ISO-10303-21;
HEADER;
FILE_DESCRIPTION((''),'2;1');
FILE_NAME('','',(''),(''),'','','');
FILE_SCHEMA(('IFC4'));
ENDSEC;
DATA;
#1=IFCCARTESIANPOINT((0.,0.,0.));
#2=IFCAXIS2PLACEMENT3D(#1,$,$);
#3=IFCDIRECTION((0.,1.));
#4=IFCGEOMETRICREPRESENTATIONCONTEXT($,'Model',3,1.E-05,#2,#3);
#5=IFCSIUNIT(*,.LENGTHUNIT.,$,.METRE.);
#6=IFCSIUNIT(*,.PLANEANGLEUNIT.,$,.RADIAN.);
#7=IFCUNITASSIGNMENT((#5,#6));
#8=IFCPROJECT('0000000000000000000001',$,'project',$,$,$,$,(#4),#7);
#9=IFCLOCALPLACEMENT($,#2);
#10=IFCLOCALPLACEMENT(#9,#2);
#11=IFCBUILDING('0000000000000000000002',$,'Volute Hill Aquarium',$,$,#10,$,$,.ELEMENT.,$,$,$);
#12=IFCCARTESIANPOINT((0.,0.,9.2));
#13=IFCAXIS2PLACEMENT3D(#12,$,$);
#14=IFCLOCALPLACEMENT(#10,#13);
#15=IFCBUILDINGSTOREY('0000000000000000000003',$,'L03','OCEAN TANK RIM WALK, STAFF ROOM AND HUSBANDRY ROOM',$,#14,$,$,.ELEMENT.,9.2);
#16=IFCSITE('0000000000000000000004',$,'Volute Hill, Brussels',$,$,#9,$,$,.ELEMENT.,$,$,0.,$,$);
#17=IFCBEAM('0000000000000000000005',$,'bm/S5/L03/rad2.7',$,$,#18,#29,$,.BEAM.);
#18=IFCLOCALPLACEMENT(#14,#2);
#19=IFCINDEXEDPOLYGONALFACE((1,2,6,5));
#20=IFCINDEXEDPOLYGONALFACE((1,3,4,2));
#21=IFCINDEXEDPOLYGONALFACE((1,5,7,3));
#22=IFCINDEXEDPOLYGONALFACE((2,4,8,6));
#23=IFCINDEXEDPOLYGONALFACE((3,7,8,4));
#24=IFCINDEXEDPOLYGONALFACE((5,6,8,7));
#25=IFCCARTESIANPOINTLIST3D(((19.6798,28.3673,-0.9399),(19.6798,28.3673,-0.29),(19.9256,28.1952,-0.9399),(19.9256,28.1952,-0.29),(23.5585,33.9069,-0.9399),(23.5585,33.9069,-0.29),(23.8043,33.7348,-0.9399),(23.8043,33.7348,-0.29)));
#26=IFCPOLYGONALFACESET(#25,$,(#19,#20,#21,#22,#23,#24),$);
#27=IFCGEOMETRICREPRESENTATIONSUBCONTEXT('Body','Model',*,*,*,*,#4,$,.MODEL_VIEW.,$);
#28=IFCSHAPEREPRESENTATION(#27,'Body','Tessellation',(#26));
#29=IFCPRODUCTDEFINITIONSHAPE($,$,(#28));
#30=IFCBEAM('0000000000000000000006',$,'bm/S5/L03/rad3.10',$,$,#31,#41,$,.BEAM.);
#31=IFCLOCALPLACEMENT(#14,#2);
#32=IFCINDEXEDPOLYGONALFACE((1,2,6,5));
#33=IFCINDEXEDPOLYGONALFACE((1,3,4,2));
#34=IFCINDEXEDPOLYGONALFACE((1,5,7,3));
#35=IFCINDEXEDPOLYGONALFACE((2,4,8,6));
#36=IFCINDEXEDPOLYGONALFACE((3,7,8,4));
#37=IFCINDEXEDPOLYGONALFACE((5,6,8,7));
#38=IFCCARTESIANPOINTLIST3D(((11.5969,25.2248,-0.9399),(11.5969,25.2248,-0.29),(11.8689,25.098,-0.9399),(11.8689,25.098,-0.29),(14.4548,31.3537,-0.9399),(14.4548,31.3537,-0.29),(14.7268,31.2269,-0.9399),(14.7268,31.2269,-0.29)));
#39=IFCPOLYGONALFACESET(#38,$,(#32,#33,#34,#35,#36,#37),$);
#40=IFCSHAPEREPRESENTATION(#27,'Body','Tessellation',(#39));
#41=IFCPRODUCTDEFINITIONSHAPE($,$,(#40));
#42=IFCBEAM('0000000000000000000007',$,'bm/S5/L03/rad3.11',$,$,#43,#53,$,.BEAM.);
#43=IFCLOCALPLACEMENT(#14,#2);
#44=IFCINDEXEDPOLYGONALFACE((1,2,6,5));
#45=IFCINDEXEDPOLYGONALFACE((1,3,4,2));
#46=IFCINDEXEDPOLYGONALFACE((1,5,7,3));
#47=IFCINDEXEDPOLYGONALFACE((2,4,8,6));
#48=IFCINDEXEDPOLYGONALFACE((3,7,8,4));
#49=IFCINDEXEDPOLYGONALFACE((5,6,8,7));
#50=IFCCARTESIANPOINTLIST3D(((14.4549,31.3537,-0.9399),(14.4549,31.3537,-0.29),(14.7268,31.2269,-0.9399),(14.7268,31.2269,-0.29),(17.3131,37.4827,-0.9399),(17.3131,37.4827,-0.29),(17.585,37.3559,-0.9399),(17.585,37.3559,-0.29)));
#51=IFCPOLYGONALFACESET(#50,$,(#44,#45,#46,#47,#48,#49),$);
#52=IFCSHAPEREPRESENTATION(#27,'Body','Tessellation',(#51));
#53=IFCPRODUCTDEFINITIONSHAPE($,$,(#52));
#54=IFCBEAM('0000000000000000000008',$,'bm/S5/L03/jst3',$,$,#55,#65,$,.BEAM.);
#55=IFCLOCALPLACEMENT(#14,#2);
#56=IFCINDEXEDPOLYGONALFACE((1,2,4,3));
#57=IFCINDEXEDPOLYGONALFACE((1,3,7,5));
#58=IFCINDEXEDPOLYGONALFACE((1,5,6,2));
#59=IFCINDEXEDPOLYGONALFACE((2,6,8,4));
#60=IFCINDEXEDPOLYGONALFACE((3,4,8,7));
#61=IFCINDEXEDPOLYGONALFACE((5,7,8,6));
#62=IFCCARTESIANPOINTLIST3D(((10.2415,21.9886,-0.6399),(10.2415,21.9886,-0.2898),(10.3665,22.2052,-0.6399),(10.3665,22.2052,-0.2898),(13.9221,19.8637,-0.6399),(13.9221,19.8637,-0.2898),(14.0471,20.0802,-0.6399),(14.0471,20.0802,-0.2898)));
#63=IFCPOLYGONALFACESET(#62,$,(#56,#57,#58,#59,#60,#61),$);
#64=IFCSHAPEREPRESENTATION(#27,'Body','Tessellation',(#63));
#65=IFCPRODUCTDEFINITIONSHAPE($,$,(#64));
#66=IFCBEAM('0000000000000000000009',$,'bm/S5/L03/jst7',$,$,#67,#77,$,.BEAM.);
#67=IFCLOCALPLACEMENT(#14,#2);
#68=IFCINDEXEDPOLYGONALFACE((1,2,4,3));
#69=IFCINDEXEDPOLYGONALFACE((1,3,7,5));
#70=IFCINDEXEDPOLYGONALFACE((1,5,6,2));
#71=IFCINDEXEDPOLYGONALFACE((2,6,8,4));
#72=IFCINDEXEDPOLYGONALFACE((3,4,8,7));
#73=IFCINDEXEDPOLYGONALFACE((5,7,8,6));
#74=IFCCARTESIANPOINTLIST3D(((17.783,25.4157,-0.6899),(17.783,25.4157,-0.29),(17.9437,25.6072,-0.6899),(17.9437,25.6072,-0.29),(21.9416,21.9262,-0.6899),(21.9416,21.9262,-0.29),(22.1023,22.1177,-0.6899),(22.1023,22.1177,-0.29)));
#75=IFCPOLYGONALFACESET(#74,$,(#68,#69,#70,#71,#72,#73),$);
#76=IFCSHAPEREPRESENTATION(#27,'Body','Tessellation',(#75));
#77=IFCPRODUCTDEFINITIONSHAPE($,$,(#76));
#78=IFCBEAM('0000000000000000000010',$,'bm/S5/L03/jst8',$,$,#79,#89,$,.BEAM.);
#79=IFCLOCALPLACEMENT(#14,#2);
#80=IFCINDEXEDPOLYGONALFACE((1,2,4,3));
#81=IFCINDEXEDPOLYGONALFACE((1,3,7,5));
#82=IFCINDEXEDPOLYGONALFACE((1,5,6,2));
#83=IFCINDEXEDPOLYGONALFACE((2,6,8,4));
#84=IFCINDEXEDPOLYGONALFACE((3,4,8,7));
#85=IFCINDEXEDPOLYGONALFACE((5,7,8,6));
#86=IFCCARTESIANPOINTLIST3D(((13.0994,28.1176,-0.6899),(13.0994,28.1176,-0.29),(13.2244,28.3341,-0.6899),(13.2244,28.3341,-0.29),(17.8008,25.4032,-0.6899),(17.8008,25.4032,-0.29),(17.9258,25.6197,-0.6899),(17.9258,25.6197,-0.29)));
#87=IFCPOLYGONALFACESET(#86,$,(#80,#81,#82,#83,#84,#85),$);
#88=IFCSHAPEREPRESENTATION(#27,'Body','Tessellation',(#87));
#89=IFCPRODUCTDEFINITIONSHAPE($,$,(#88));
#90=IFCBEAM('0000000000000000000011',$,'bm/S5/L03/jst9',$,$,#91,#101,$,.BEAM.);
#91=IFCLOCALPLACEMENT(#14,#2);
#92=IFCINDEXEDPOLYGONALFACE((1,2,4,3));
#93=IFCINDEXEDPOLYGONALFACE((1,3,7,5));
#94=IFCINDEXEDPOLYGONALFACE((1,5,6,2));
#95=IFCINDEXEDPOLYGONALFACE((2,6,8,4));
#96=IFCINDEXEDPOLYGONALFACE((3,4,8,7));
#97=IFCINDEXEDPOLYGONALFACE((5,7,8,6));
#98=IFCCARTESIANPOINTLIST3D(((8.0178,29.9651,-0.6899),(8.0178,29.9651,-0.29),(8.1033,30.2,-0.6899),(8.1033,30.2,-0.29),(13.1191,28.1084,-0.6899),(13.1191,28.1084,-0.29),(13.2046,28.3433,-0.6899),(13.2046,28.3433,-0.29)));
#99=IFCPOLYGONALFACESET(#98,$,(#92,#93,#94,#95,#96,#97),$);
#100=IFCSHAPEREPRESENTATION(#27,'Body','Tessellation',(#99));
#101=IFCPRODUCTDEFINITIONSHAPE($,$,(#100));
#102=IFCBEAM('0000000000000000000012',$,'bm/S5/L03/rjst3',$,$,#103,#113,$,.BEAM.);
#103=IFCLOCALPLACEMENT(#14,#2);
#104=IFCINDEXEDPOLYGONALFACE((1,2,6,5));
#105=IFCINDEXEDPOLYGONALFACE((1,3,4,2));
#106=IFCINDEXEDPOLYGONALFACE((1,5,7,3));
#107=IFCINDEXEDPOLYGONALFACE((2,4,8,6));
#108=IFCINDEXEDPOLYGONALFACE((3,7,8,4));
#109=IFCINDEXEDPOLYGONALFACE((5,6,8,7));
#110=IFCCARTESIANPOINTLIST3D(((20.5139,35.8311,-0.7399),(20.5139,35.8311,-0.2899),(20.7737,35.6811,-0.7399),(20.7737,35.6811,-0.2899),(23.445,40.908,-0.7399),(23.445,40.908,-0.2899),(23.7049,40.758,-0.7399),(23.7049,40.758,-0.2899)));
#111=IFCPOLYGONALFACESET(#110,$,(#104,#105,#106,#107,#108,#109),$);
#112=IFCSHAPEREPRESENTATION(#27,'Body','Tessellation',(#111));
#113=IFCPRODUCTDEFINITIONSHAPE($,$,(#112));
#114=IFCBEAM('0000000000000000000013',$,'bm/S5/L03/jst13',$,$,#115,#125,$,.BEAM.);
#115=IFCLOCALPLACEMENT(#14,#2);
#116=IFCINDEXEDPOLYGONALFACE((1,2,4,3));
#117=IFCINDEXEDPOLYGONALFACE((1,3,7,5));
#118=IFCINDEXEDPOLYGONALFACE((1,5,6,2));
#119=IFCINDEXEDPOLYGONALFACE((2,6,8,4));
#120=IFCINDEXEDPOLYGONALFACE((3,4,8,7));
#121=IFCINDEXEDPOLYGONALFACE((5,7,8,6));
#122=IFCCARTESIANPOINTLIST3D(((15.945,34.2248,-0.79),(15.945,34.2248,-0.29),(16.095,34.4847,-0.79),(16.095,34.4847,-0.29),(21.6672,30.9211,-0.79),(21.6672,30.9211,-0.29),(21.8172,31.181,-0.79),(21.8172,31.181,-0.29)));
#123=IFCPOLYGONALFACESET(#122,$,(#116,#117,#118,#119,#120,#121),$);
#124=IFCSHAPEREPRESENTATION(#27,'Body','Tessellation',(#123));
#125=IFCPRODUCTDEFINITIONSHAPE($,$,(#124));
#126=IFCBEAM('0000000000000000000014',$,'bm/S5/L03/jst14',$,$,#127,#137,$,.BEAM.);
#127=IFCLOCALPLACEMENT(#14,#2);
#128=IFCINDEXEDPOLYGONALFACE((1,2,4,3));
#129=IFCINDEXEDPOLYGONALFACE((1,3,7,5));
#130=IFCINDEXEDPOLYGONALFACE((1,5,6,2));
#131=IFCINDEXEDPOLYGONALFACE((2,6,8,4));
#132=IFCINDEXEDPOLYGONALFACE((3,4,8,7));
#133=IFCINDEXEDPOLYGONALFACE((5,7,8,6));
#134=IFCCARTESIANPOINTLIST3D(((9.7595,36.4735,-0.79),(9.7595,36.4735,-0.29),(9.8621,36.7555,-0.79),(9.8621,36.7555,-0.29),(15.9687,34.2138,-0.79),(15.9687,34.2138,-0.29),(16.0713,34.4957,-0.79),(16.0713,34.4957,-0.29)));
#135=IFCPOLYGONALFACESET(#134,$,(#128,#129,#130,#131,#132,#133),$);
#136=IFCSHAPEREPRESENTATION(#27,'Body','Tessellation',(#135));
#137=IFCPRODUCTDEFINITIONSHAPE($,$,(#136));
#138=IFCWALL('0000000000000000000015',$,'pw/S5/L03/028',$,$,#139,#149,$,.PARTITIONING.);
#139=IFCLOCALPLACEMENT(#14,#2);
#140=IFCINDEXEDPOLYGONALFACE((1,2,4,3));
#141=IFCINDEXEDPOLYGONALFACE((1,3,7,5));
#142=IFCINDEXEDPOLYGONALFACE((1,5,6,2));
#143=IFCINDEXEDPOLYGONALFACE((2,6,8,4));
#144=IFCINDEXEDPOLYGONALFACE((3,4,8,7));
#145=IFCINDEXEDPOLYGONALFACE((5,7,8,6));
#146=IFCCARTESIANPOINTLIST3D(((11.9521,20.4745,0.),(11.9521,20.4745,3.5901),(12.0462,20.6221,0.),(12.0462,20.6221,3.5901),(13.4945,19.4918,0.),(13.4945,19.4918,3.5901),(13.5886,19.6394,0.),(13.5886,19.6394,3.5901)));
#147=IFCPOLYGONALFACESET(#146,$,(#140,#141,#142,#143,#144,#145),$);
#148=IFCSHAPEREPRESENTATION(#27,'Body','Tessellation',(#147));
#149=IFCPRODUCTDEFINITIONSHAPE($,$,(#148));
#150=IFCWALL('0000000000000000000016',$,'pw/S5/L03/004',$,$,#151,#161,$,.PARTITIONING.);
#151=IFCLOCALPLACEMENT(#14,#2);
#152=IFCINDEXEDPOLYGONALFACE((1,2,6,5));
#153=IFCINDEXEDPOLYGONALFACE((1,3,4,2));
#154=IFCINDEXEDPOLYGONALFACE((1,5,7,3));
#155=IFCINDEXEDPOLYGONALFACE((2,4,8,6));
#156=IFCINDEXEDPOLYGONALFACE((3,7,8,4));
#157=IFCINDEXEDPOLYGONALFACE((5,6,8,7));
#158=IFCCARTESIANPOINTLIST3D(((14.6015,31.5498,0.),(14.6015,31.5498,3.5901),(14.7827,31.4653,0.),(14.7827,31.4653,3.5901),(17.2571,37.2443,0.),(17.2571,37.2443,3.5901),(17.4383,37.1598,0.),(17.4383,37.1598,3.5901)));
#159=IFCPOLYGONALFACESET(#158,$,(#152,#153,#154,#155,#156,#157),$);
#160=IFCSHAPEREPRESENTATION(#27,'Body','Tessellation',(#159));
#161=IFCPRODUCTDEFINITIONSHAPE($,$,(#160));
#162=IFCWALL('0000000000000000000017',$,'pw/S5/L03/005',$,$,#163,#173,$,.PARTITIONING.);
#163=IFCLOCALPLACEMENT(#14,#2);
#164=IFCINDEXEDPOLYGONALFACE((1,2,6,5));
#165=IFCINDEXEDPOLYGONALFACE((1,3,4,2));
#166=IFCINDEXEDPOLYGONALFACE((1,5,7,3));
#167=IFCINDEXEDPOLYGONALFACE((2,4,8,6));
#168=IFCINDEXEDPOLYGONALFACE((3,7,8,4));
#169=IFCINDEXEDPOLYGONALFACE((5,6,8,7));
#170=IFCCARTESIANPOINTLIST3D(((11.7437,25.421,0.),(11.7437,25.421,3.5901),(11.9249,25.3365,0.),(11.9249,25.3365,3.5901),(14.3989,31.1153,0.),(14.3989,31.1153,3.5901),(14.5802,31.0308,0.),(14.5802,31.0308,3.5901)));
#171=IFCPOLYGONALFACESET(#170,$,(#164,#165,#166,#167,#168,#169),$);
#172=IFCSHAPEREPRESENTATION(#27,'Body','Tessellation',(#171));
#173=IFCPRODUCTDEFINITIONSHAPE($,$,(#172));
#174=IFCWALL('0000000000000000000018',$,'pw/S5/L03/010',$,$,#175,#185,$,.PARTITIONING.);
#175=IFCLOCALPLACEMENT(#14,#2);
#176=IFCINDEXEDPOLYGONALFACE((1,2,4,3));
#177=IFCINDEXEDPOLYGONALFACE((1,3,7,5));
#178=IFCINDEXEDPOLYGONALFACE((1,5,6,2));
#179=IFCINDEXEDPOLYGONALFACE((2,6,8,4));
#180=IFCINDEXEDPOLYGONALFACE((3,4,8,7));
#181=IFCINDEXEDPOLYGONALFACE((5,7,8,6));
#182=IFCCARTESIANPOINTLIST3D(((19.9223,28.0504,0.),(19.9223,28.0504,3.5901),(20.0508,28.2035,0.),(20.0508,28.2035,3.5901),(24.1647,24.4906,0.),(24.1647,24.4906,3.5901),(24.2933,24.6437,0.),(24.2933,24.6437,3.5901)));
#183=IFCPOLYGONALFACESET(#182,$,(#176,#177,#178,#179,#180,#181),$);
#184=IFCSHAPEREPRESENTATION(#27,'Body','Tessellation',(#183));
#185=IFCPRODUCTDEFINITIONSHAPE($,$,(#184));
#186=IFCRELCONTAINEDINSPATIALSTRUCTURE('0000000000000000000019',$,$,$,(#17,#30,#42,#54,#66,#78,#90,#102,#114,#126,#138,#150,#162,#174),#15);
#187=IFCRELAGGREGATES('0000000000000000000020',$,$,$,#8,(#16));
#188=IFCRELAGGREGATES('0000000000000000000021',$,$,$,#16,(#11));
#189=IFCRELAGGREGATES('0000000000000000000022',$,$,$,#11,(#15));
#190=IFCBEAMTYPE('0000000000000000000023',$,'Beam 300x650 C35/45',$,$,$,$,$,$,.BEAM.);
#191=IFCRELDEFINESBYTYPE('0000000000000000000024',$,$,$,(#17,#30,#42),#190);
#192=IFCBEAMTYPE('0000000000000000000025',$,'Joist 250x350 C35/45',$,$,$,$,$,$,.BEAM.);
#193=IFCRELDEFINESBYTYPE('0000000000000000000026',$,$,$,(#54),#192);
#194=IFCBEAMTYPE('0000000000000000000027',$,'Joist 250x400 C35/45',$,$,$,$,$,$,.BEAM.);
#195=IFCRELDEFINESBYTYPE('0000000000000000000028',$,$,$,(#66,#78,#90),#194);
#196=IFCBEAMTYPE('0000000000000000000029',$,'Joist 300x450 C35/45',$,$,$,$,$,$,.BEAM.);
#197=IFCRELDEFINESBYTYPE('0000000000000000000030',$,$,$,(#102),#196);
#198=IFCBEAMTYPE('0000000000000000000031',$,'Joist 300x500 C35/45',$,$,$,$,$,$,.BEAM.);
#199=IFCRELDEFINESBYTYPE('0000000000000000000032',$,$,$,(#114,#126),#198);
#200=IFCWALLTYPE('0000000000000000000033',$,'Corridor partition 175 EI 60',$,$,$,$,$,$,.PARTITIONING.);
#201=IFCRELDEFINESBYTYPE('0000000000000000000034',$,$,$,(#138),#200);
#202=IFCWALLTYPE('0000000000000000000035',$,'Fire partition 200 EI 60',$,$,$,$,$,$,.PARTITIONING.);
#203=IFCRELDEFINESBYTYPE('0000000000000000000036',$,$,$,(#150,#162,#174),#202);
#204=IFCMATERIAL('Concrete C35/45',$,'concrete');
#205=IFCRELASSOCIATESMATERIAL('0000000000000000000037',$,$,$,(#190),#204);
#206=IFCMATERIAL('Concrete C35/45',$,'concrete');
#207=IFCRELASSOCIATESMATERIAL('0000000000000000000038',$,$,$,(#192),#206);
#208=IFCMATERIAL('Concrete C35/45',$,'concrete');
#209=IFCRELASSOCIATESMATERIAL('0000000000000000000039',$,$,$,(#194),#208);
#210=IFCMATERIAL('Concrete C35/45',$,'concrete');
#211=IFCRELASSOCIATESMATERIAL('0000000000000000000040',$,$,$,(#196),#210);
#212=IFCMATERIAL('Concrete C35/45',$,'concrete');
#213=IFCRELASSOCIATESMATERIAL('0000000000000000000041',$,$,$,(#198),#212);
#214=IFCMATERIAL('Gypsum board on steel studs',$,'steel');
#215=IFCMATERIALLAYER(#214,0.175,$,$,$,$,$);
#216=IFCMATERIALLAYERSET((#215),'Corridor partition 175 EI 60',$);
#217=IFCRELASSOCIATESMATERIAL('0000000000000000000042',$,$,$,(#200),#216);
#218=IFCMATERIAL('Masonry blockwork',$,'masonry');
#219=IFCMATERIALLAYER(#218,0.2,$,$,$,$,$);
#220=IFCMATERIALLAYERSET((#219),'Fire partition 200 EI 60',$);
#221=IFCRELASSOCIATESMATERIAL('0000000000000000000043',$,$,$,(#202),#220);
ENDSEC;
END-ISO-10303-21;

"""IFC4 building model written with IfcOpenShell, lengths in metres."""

from ifc_helpers import new_model, si_unit, direction, frame, frame_2d, origin, origin_2d, place, context, subcontext, project, spatial, rectangle, extrude, material, layer, layer_set, material_profile, profile_set, type_object, element, save


model = new_model("IFC4")

# Units and contexts
model_context = context("Model", 3, precision=1e-05, world=origin(), true_north=direction((0.0, 1.0)))
body_context = subcontext(model_context, "Body", "Model", "MODEL_VIEW")
ifc_project = project(units=[si_unit("LENGTHUNIT", "METRE"), si_unit("PLANEANGLEUNIT", "RADIAN")], contexts=[model_context])

# Site, building, storey
site_placement = place(None, origin())
site = spatial("IfcSite", under=ifc_project, at=site_placement, Name="Volute Hill, Brussels", CompositionType="ELEMENT", RefElevation=0.0)
building_placement = place(site_placement, origin())
building = spatial("IfcBuilding", under=site, at=building_placement, Name="Volute Hill Aquarium", CompositionType="ELEMENT")
storey_placement = place(building_placement, frame((0.0, 0.0, 9.2)))
storey = spatial("IfcBuildingStorey", under=building, at=storey_placement, Name="L03", Description="OCEAN TANK RIM WALK, STAFF ROOM AND HUSBANDRY ROOM", CompositionType="ELEMENT", Elevation=9.2)

# Beams
ifc_material_1 = material(Name="Concrete C35/45", Category="concrete")
ifc_material_profile_1 = material_profile(ifc_material_1, rectangle(XDim=0.3, YDim=0.6499, at=origin_2d()), Name="RC beam 300x650")
ifc_profile_set_1 = profile_set([ifc_material_profile_1], Name="Concrete C35/45")
beam_type_1 = type_object("IfcBeamType", Name="Beam 300x650 C35/45", PredefinedType="BEAM", material=ifc_profile_set_1)
for number, where, z_axis, x_axis, name in (
    (1, (19.8027, 28.2812, -0.615), (0.573559, 0.819164, 0.0), (-0.819164, 0.573559, 0.0), "bm/S5/L03/rad2.7"),
    (2, (11.7329, 25.1614, -0.615), (0.422613, 0.90631, 0.0), (-0.90631, 0.422613, 0.0), "bm/S5/L03/rad3.10"),
):
    element("IfcBeam", number, at=place(storey_placement, frame(where, z_axis=z_axis, x_axis=x_axis)), inside=storey, type_object=beam_type_1, Name=name, PredefinedType="BEAM", context=body_context, shape_type="SweptSolid", body=[
        extrude(rectangle(XDim=0.3, YDim=0.6499, at=origin_2d()), origin(), (0.0, 0.0, 1.0), 6.7625),
    ])
beam_1_placement = place(storey_placement, frame((14.5908, 31.2903, -0.615), z_axis=(0.422642, 0.906297, 0.0), x_axis=(-0.906297, 0.422642, 0.0)))
element("IfcBeam", 3, at=beam_1_placement, inside=storey, type_object=beam_type_1, Name="bm/S5/L03/rad3.11", PredefinedType="BEAM", context=body_context, shape_type="SweptSolid", body=[
    extrude(rectangle(XDim=0.3, YDim=0.6499, at=origin_2d()), origin(), (0.0, 0.0, 1.0), 6.7627),
])
ifc_material_2 = material(Name="Concrete C35/45", Category="concrete")
ifc_material_profile_2 = material_profile(ifc_material_2, rectangle(XDim=0.25, YDim=0.3501, at=origin_2d()), Name="RC joist 250x350")
ifc_profile_set_2 = profile_set([ifc_material_profile_2], Name="Concrete C35/45")
beam_type_2 = type_object("IfcBeamType", Name="Joist 250x350 C35/45", PredefinedType="BEAM", material=ifc_profile_set_2)
beam_2_placement = place(storey_placement, frame((13.9846, 19.9719, -0.4648), z_axis=(-0.866029, 0.499994, 0.0), x_axis=(-0.499994, -0.866029, 0.0)))
element("IfcBeam", 4, at=beam_2_placement, inside=storey, type_object=beam_type_2, Name="bm/S5/L03/jst3", PredefinedType="BEAM", context=body_context, shape_type="SweptSolid", body=[
    extrude(rectangle(XDim=0.25, YDim=0.3501, at=origin_2d()), origin(), (0.0, 0.0, 1.0), 4.25),
])
ifc_material_3 = material(Name="Concrete C35/45", Category="concrete")
ifc_material_profile_3 = material_profile(ifc_material_3, rectangle(XDim=0.25, YDim=0.3999, at=origin_2d()), Name="RC joist 250x400")
ifc_profile_set_3 = profile_set([ifc_material_profile_3], Name="Concrete C35/45")
beam_type_3 = type_object("IfcBeamType", Name="Joist 250x400 C35/45", PredefinedType="BEAM", material=ifc_profile_set_3)
for number, where, z_axis, x_axis, name in (
    (5, (22.022, 22.022, -0.49), (-0.766049, 0.642782, 0.0), (-0.642782, -0.766049, 0.0), "bm/S5/L03/jst7"),
    (6, (17.8633, 25.5115, -0.49), (-0.866026, 0.499999, 0.0), (-0.499999, -0.866026, 0.0), "bm/S5/L03/jst8"),
    (7, (13.1619, 28.2258, -0.49), (-0.939695, 0.342014, 0.0), (-0.342014, -0.939695, 0.0), "bm/S5/L03/jst9"),
):
    element("IfcBeam", number, at=place(storey_placement, frame(where, z_axis=z_axis, x_axis=x_axis)), inside=storey, type_object=beam_type_3, Name=name, PredefinedType="BEAM", context=body_context, shape_type="SweptSolid", body=[
        extrude(rectangle(XDim=0.25, YDim=0.3999, at=origin_2d()), origin(), (0.0, 0.0, 1.0), 5.4287),
    ])
ifc_material_4 = material(Name="Concrete C35/45", Category="concrete")
ifc_material_profile_4 = material_profile(ifc_material_4, rectangle(XDim=0.3, YDim=0.45, at=origin_2d()), Name="RC joist 300x450")
ifc_profile_set_4 = profile_set([ifc_material_profile_4], Name="Concrete C35/45")
beam_type_4 = type_object("IfcBeamType", Name="Joist 300x450 C35/45", PredefinedType="BEAM", material=ifc_profile_set_4)
beam_3_placement = place(storey_placement, frame((20.6438, 35.7561, -0.5149), z_axis=(0.5, 0.866025, 0.0), x_axis=(-0.866025, 0.5, 0.0)))
element("IfcBeam", 8, at=beam_3_placement, inside=storey, type_object=beam_type_4, Name="bm/S5/L03/rjst3", PredefinedType="BEAM", context=body_context, shape_type="SweptSolid", body=[
    extrude(rectangle(XDim=0.3, YDim=0.45, at=origin_2d()), origin(), (0.0, 0.0, 1.0), 5.8623),
])
ifc_material_5 = material(Name="Concrete C35/45", Category="concrete")
ifc_material_profile_5 = material_profile(ifc_material_5, rectangle(XDim=0.3, YDim=0.5, at=origin_2d()), Name="RC joist 300x500")
ifc_profile_set_5 = profile_set([ifc_material_profile_5], Name="Concrete C35/45")
beam_type_5 = type_object("IfcBeamType", Name="Joist 300x500 C35/45", PredefinedType="BEAM", material=ifc_profile_set_5)
beam_4_placement = place(storey_placement, frame((21.7422, 31.051, -0.54), z_axis=(-0.866024, 0.500002, 0.0), x_axis=(-0.500002, -0.866024, 0.0)))
element("IfcBeam", 9, at=beam_4_placement, inside=storey, type_object=beam_type_5, Name="bm/S5/L03/jst13", PredefinedType="BEAM", context=body_context, shape_type="SweptSolid", body=[
    extrude(rectangle(XDim=0.3, YDim=0.5, at=origin_2d()), origin(), (0.0, 0.0, 1.0), 6.6074),
])
beam_5_placement = place(storey_placement, frame((16.02, 34.3547, -0.54), z_axis=(-0.939703, 0.341992, 0.0), x_axis=(-0.341992, -0.939703, 0.0)))
element("IfcBeam", 10, at=beam_5_placement, inside=storey, type_object=beam_type_5, Name="bm/S5/L03/jst14", PredefinedType="BEAM", context=body_context, shape_type="SweptSolid", body=[
    extrude(rectangle(XDim=0.3, YDim=0.5, at=origin_2d()), origin(), (0.0, 0.0, 1.0), 6.6077),
])

# Walls
ifc_material_6 = material(Name="Gypsum board on steel studs", Category="steel")
ifc_layer_1 = layer(ifc_material_6, 0.175)
ifc_layer_set_1 = layer_set([ifc_layer_1], Name="Corridor partition 175 EI 60")
wall_type_1 = type_object("IfcWallType", Name="Corridor partition 175 EI 60", PredefinedType="PARTITIONING", material=ifc_layer_set_1)
wall_1_placement = place(storey_placement, frame((11.999, 20.5483, 0.0), z_axis=(0.0, 0.0, 1.0), x_axis=(0.843392, -0.537299, 0.0)))
element("IfcWall", 11, at=wall_1_placement, inside=storey, type_object=wall_type_1, Name="pw/S5/L03/028", PredefinedType="PARTITIONING", context=body_context, shape_type="SweptSolid", body=[
    extrude(rectangle(XDim=1.8289, YDim=0.175, at=frame_2d((0.9146, 0.0))), origin(), (0.0, 0.0, 1.0), 3.5901),
])
ifc_material_7 = material(Name="Masonry blockwork", Category="masonry")
ifc_layer_2 = layer(ifc_material_7, 0.2)
ifc_layer_set_2 = layer_set([ifc_layer_2], Name="Fire partition 200 EI 60")
wall_type_2 = type_object("IfcWallType", Name="Fire partition 200 EI 60", PredefinedType="PARTITIONING", material=ifc_layer_set_2)
wall_2_placement = place(storey_placement, frame((14.6921, 31.5076, 0.0), z_axis=(0.0, 0.0, 1.0), x_axis=(0.422645, 0.906295, 0.0)))
element("IfcWall", 12, at=wall_2_placement, inside=storey, type_object=wall_type_2, Name="pw/S5/L03/004", PredefinedType="PARTITIONING", context=body_context, shape_type="SweptSolid", body=[
    extrude(rectangle(XDim=6.2832, YDim=0.2, at=frame_2d((3.1416, 0.0))), origin(), (0.0, 0.0, 1.0), 3.5901),
])
wall_3_placement = place(storey_placement, frame((11.8342, 25.3787, 0.0), z_axis=(0.0, 0.0, 1.0), x_axis=(0.422613, 0.90631, 0.0)))
element("IfcWall", 13, at=wall_3_placement, inside=storey, type_object=wall_type_2, Name="pw/S5/L03/005", PredefinedType="PARTITIONING", context=body_context, shape_type="SweptSolid", body=[
    extrude(rectangle(XDim=6.283, YDim=0.2, at=frame_2d((3.1416, 0.0))), origin(), (0.0, 0.0, 1.0), 3.5901),
])
wall_4_placement = place(storey_placement, frame((19.9866, 28.127, 0.0), z_axis=(0.0, 0.0, 1.0), x_axis=(0.766045, -0.642787, 0.0)))
element("IfcWall", 14, at=wall_4_placement, inside=storey, type_object=wall_type_2, Name="pw/S5/L03/010", PredefinedType="PARTITIONING", context=body_context, shape_type="SweptSolid", body=[
    extrude(rectangle(XDim=5.5381, YDim=0.2, at=frame_2d((2.769, 0.0))), origin(), (0.0, 0.0, 1.0), 3.5901),
])

save(model, "model.ifc")
